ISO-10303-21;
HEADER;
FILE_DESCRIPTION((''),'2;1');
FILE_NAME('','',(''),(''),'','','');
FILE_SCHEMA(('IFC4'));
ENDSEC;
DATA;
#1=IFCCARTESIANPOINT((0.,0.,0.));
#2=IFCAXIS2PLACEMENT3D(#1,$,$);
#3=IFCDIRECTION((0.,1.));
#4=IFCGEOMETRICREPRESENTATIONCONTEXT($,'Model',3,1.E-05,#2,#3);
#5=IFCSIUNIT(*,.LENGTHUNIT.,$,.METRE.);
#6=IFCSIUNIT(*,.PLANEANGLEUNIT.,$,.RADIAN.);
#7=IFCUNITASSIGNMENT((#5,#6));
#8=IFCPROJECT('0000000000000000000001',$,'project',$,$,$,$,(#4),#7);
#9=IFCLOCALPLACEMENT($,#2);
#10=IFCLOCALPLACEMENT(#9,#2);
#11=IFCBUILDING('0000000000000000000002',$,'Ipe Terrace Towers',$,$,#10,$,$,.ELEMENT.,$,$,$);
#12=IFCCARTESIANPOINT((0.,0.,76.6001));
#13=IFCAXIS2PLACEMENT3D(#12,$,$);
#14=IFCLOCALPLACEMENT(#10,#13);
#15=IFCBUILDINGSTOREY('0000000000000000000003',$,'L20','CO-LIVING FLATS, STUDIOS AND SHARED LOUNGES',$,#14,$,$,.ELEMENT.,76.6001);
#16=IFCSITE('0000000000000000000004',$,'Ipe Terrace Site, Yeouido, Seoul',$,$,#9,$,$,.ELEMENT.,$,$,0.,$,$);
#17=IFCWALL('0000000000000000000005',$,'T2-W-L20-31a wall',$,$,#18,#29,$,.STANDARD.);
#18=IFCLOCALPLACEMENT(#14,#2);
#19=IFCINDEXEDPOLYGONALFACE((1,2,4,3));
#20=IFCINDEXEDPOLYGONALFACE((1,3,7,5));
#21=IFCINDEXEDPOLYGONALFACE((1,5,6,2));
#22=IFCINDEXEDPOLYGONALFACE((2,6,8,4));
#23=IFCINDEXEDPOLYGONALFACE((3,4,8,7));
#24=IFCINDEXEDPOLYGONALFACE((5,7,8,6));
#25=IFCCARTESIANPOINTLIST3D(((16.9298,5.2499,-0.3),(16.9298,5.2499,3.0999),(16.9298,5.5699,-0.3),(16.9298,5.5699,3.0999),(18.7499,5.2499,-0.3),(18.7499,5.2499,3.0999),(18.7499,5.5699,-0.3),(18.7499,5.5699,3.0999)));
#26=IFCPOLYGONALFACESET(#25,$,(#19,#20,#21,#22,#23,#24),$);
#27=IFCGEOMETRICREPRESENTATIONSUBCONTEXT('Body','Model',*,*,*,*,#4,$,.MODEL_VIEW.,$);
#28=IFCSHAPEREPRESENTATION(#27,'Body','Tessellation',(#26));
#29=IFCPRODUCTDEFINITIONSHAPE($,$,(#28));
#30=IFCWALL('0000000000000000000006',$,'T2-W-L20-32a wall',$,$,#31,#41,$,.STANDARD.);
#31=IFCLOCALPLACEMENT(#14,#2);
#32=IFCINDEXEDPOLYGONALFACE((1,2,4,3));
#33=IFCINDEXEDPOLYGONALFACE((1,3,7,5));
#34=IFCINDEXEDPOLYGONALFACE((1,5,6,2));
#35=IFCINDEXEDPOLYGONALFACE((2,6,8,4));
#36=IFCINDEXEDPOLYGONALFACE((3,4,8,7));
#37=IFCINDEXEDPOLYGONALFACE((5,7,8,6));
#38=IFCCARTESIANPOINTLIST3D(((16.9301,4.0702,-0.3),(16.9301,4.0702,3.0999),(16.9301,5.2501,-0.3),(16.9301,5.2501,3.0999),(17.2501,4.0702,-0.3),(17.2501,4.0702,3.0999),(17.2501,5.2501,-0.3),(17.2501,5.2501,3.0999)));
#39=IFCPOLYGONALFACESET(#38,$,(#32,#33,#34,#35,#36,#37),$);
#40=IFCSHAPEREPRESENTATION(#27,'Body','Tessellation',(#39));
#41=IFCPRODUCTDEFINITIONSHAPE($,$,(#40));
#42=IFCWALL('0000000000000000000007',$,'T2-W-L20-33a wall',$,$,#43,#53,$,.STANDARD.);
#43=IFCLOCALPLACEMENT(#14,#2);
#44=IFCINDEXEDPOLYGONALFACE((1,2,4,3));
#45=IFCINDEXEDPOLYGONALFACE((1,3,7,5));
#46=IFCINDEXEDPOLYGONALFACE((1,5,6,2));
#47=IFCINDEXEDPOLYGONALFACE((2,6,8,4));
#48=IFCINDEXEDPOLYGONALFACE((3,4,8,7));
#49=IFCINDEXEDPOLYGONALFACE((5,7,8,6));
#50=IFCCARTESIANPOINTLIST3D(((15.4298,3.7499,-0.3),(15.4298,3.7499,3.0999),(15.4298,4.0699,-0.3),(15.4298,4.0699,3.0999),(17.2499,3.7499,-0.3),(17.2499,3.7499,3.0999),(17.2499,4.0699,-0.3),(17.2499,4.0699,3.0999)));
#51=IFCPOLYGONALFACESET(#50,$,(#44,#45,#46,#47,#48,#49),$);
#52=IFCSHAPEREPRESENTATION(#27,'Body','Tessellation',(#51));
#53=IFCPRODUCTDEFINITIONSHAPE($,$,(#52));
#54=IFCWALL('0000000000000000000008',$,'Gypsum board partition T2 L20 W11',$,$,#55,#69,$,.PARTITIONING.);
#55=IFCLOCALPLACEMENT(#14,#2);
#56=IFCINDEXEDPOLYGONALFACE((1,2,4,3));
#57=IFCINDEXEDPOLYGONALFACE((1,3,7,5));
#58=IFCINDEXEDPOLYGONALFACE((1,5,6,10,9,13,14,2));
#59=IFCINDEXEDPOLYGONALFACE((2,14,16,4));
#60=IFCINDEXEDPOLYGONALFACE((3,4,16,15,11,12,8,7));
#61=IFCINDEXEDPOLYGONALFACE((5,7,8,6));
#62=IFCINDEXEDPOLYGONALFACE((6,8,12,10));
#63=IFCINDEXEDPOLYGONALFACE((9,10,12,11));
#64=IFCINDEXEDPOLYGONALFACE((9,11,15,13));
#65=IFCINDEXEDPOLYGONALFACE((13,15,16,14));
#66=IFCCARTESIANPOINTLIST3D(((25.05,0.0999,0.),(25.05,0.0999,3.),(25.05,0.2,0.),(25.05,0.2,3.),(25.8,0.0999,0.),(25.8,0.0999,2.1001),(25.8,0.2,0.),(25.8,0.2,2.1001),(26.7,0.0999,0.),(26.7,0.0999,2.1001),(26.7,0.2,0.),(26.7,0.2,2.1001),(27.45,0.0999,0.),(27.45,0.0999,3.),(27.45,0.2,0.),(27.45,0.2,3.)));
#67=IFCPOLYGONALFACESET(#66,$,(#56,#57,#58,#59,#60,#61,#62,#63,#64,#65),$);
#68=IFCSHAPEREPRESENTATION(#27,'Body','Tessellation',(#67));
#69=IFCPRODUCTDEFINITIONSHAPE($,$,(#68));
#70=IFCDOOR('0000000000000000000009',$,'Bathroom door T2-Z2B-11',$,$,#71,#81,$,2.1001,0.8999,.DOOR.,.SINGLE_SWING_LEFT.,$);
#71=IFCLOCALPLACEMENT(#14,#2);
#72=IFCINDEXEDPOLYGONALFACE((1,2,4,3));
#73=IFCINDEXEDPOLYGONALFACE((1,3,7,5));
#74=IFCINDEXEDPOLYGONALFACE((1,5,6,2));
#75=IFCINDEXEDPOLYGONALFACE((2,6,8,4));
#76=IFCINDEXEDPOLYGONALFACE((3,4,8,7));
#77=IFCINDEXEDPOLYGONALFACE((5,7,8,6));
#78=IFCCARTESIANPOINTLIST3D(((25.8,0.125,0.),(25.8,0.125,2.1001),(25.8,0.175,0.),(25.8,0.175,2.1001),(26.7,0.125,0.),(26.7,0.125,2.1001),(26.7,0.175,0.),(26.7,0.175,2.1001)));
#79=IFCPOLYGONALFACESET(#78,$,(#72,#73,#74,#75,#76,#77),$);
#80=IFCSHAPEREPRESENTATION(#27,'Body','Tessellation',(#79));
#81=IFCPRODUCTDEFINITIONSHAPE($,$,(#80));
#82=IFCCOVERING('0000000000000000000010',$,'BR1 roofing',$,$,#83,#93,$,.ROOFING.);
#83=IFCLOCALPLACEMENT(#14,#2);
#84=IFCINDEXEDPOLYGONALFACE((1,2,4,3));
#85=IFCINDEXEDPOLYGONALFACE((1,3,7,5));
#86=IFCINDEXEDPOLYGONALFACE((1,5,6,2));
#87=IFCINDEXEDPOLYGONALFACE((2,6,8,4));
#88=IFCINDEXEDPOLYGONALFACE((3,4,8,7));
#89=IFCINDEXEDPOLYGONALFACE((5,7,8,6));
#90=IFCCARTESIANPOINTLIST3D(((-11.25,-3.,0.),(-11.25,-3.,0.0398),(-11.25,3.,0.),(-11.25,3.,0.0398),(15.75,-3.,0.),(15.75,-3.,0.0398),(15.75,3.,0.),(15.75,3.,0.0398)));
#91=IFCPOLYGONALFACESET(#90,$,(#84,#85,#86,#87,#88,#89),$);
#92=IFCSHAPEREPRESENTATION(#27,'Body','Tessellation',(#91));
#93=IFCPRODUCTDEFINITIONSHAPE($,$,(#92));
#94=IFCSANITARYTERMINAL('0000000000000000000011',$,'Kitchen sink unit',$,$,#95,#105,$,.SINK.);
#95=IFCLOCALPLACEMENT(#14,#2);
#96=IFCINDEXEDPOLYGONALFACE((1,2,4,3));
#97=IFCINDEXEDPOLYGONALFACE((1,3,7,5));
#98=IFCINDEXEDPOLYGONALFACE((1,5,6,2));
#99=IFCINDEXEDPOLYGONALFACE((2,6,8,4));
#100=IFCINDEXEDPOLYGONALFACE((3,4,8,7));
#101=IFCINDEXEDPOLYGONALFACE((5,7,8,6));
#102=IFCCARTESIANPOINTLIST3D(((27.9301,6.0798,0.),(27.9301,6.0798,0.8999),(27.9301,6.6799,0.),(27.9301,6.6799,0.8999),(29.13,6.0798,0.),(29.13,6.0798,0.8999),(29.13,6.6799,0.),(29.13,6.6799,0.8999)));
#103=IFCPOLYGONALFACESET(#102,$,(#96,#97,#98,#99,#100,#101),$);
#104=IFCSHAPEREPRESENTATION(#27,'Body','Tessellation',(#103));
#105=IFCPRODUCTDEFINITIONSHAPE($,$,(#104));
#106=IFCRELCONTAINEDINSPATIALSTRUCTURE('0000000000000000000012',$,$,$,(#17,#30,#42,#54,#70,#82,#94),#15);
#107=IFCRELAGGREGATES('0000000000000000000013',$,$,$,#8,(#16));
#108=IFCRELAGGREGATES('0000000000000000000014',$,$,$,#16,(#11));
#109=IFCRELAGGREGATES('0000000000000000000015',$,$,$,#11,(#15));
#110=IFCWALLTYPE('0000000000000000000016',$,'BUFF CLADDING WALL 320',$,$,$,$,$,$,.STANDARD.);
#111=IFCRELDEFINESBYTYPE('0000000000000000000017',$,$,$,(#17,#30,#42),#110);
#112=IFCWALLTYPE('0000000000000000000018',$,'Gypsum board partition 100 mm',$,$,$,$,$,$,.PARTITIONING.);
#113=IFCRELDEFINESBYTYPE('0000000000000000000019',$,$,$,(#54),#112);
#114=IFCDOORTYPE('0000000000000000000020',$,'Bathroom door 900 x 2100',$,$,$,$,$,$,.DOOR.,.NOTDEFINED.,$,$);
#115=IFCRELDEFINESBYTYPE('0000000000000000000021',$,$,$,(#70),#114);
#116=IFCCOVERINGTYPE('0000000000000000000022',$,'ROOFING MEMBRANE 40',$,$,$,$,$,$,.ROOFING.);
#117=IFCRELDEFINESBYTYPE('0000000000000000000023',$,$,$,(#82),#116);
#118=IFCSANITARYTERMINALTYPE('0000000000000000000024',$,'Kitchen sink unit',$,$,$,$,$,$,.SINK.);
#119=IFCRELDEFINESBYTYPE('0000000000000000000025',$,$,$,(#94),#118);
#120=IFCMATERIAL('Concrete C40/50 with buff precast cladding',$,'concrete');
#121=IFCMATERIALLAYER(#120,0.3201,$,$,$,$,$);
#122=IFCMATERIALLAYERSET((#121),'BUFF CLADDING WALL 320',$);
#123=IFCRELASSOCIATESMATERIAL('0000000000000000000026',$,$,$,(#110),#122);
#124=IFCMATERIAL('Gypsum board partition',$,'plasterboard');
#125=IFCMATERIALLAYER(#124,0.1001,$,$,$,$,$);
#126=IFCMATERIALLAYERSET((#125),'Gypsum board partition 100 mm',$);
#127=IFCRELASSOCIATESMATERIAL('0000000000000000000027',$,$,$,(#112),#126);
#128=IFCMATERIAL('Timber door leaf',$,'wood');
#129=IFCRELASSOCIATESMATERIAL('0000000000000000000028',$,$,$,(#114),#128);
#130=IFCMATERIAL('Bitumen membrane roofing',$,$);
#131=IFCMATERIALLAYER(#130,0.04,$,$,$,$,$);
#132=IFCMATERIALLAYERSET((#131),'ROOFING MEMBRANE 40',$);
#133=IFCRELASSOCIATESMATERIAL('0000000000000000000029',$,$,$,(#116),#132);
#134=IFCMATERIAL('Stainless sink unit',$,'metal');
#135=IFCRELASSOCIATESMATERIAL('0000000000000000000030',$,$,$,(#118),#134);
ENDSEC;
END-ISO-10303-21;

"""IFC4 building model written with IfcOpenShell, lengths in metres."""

from ifc_helpers import new_model, si_unit, direction, frame, frame_2d, origin, origin_2d, place, context, subcontext, project, spatial, polyline, rectangle, outline, extrude, material, layer, layer_set, type_object, element, fill, save


model = new_model("IFC4")

# Units and contexts
model_context = context("Model", 3, precision=1e-05, world=origin(), true_north=direction((0.0, 1.0)))
body_context = subcontext(model_context, "Body", "Model", "MODEL_VIEW")
ifc_project = project(units=[si_unit("LENGTHUNIT", "METRE"), si_unit("PLANEANGLEUNIT", "RADIAN")], contexts=[model_context])

# Site, building, storey
site_placement = place(None, origin())
site = spatial("IfcSite", under=ifc_project, at=site_placement, Name="Ipe Terrace Site, Yeouido, Seoul", CompositionType="ELEMENT", RefElevation=0.0)
building_placement = place(site_placement, origin())
building = spatial("IfcBuilding", under=site, at=building_placement, Name="Ipe Terrace Towers", CompositionType="ELEMENT")
storey_placement = place(building_placement, frame((0.0, 0.0, 76.6001)))
storey = spatial("IfcBuildingStorey", under=building, at=storey_placement, Name="L20", Description="CO-LIVING FLATS, STUDIOS AND SHARED LOUNGES", CompositionType="ELEMENT", Elevation=76.6001)

# Walls
ifc_material_1 = material(Name="Concrete C40/50 with buff precast cladding", Category="concrete")
ifc_layer_1 = layer(ifc_material_1, 0.3201)
ifc_layer_set_1 = layer_set([ifc_layer_1], Name="BUFF CLADDING WALL 320")
wall_type_1 = type_object("IfcWallType", Name="BUFF CLADDING WALL 320", PredefinedType="STANDARD", material=ifc_layer_set_1)
wall_1_placement = place(storey_placement, frame((18.75, 5.4099, -0.3), z_axis=(0.0, 0.0, 1.0), x_axis=(-1.0, 0.0, 0.0)))
element("IfcWall", 1, at=wall_1_placement, inside=storey, type_object=wall_type_1, Name="T2-W-L20-31a wall", PredefinedType="STANDARD", context=body_context, shape_type="SweptSolid", body=[
    extrude(rectangle(XDim=1.8201, YDim=0.3201, at=frame_2d((0.9102, 0.0))), origin(), (0.0, 0.0, 1.0), 3.3999),
])
wall_2_placement = place(storey_placement, frame((17.0901, 5.25, -0.3), z_axis=(0.0, 0.0, 1.0), x_axis=(0.0, -1.0, 0.0)))
element("IfcWall", 2, at=wall_2_placement, inside=storey, type_object=wall_type_1, Name="T2-W-L20-32a wall", PredefinedType="STANDARD", context=body_context, shape_type="SweptSolid", body=[
    extrude(rectangle(XDim=1.1799, YDim=0.3201, at=frame_2d((0.5898, 0.0))), origin(), (0.0, 0.0, 1.0), 3.3999),
])
wall_3_placement = place(storey_placement, frame((17.25, 3.9099, -0.3), z_axis=(0.0, 0.0, 1.0), x_axis=(-1.0, 0.0, 0.0)))
element("IfcWall", 3, at=wall_3_placement, inside=storey, type_object=wall_type_1, Name="T2-W-L20-33a wall", PredefinedType="STANDARD", context=body_context, shape_type="SweptSolid", body=[
    extrude(rectangle(XDim=1.8201, YDim=0.3201, at=frame_2d((0.9102, 0.0))), origin(), (0.0, 0.0, 1.0), 3.3999),
])

# Wall, opening, door
ifc_material_2 = material(Name="Gypsum board partition", Category="plasterboard")
ifc_layer_2 = layer(ifc_material_2, 0.1001)
ifc_layer_set_2 = layer_set([ifc_layer_2], Name="Gypsum board partition 100 mm")
wall_type_2 = type_object("IfcWallType", Name="Gypsum board partition 100 mm", PredefinedType="PARTITIONING", material=ifc_layer_set_2)
wall_4_placement = place(storey_placement, frame((27.45, 0.1499, 0.0), z_axis=(0.0, 0.0, 1.0), x_axis=(-1.0, 0.0, 0.0)))
wall_4 = element("IfcWall", 4, at=wall_4_placement, inside=storey, type_object=wall_type_2, Name="Gypsum board partition T2 L20 W11", PredefinedType="PARTITIONING", context=body_context, shape_type="SweptSolid", body=[
    extrude(rectangle(XDim=2.3999, YDim=0.1001, at=frame_2d((1.2, 0.0))), origin(), (0.0, 0.0, 1.0), 3.0),
])
opening_placement = place(wall_4_placement, frame((0.75, 0.0, 0.0)))
opening = element("IfcOpeningElement", 5, at=opening_placement, cuts=wall_4, PredefinedType="OPENING", context=body_context, shape_type="SweptSolid", body=[
    extrude(rectangle(XDim=0.8999, YDim=2.1001, at=frame_2d((0.45, 1.05))), frame((0.0, 0.0601, 0.0), z_axis=(0.0, -1.0, 0.0), x_axis=(1.0, 0.0, 0.0)), (0.0, 0.0, 1.0), 0.1201),
])
ifc_material_3 = material(Name="Timber door leaf", Category="wood")
door_type = type_object("IfcDoorType", Name="Bathroom door 900 x 2100", OperationType="NOTDEFINED", PredefinedType="DOOR", material=ifc_material_3)
door_placement = place(opening_placement, origin())
door = element("IfcDoor", 6, at=door_placement, inside=storey, type_object=door_type, Name="Bathroom door T2-Z2B-11", OperationType="SINGLE_SWING_LEFT", OverallHeight=2.1001, OverallWidth=0.8999, PredefinedType="DOOR", context=body_context, shape_type="SweptSolid", body=[
    extrude(rectangle(XDim=0.8999, YDim=2.1001, at=frame_2d((0.45, 1.05))), frame((0.0, 0.0249, 0.0), z_axis=(0.0, -1.0, 0.0), x_axis=(1.0, 0.0, 0.0)), (0.0, 0.0, 1.0), 0.05),
])
fill(opening, door)

# Covering
ifc_material_4 = material(Name="Bitumen membrane roofing")
ifc_layer_3 = layer(ifc_material_4, 0.04)
ifc_layer_set_3 = layer_set([ifc_layer_3], Name="ROOFING MEMBRANE 40")
covering_type = type_object("IfcCoveringType", Name="ROOFING MEMBRANE 40", PredefinedType="ROOFING", material=ifc_layer_set_3)
covering_placement = place(storey_placement, origin())
element("IfcCovering", 7, at=covering_placement, inside=storey, type_object=covering_type, Name="BR1 roofing", PredefinedType="ROOFING", context=body_context, shape_type="SweptSolid", body=[
    extrude(outline(polyline([(-11.25, -3.0), (15.75, -3.0), (15.75, 3.0), (-11.25, 3.0), (-11.25, -3.0)])), origin(), (0.0, 0.0, 1.0), 0.0398),
])

# Sanitary terminal
ifc_material_5 = material(Name="Stainless sink unit", Category="metal")
sanitary_terminal_type = type_object("IfcSanitaryTerminalType", Name="Kitchen sink unit", PredefinedType="SINK", material=ifc_material_5)
sanitary_terminal_placement = place(storey_placement, frame((28.53, 6.3799, 0.0), z_axis=(0.0, 0.0, 1.0), x_axis=(1.0, 0.0, 0.0)))
element("IfcSanitaryTerminal", 8, at=sanitary_terminal_placement, inside=storey, type_object=sanitary_terminal_type, Name="Kitchen sink unit", PredefinedType="SINK", context=body_context, shape_type="SweptSolid", body=[
    extrude(rectangle(XDim=1.2, YDim=0.6001, at=origin_2d()), origin(), (0.0, 0.0, 1.0), 0.8999),
])

save(model, "model.ifc")
